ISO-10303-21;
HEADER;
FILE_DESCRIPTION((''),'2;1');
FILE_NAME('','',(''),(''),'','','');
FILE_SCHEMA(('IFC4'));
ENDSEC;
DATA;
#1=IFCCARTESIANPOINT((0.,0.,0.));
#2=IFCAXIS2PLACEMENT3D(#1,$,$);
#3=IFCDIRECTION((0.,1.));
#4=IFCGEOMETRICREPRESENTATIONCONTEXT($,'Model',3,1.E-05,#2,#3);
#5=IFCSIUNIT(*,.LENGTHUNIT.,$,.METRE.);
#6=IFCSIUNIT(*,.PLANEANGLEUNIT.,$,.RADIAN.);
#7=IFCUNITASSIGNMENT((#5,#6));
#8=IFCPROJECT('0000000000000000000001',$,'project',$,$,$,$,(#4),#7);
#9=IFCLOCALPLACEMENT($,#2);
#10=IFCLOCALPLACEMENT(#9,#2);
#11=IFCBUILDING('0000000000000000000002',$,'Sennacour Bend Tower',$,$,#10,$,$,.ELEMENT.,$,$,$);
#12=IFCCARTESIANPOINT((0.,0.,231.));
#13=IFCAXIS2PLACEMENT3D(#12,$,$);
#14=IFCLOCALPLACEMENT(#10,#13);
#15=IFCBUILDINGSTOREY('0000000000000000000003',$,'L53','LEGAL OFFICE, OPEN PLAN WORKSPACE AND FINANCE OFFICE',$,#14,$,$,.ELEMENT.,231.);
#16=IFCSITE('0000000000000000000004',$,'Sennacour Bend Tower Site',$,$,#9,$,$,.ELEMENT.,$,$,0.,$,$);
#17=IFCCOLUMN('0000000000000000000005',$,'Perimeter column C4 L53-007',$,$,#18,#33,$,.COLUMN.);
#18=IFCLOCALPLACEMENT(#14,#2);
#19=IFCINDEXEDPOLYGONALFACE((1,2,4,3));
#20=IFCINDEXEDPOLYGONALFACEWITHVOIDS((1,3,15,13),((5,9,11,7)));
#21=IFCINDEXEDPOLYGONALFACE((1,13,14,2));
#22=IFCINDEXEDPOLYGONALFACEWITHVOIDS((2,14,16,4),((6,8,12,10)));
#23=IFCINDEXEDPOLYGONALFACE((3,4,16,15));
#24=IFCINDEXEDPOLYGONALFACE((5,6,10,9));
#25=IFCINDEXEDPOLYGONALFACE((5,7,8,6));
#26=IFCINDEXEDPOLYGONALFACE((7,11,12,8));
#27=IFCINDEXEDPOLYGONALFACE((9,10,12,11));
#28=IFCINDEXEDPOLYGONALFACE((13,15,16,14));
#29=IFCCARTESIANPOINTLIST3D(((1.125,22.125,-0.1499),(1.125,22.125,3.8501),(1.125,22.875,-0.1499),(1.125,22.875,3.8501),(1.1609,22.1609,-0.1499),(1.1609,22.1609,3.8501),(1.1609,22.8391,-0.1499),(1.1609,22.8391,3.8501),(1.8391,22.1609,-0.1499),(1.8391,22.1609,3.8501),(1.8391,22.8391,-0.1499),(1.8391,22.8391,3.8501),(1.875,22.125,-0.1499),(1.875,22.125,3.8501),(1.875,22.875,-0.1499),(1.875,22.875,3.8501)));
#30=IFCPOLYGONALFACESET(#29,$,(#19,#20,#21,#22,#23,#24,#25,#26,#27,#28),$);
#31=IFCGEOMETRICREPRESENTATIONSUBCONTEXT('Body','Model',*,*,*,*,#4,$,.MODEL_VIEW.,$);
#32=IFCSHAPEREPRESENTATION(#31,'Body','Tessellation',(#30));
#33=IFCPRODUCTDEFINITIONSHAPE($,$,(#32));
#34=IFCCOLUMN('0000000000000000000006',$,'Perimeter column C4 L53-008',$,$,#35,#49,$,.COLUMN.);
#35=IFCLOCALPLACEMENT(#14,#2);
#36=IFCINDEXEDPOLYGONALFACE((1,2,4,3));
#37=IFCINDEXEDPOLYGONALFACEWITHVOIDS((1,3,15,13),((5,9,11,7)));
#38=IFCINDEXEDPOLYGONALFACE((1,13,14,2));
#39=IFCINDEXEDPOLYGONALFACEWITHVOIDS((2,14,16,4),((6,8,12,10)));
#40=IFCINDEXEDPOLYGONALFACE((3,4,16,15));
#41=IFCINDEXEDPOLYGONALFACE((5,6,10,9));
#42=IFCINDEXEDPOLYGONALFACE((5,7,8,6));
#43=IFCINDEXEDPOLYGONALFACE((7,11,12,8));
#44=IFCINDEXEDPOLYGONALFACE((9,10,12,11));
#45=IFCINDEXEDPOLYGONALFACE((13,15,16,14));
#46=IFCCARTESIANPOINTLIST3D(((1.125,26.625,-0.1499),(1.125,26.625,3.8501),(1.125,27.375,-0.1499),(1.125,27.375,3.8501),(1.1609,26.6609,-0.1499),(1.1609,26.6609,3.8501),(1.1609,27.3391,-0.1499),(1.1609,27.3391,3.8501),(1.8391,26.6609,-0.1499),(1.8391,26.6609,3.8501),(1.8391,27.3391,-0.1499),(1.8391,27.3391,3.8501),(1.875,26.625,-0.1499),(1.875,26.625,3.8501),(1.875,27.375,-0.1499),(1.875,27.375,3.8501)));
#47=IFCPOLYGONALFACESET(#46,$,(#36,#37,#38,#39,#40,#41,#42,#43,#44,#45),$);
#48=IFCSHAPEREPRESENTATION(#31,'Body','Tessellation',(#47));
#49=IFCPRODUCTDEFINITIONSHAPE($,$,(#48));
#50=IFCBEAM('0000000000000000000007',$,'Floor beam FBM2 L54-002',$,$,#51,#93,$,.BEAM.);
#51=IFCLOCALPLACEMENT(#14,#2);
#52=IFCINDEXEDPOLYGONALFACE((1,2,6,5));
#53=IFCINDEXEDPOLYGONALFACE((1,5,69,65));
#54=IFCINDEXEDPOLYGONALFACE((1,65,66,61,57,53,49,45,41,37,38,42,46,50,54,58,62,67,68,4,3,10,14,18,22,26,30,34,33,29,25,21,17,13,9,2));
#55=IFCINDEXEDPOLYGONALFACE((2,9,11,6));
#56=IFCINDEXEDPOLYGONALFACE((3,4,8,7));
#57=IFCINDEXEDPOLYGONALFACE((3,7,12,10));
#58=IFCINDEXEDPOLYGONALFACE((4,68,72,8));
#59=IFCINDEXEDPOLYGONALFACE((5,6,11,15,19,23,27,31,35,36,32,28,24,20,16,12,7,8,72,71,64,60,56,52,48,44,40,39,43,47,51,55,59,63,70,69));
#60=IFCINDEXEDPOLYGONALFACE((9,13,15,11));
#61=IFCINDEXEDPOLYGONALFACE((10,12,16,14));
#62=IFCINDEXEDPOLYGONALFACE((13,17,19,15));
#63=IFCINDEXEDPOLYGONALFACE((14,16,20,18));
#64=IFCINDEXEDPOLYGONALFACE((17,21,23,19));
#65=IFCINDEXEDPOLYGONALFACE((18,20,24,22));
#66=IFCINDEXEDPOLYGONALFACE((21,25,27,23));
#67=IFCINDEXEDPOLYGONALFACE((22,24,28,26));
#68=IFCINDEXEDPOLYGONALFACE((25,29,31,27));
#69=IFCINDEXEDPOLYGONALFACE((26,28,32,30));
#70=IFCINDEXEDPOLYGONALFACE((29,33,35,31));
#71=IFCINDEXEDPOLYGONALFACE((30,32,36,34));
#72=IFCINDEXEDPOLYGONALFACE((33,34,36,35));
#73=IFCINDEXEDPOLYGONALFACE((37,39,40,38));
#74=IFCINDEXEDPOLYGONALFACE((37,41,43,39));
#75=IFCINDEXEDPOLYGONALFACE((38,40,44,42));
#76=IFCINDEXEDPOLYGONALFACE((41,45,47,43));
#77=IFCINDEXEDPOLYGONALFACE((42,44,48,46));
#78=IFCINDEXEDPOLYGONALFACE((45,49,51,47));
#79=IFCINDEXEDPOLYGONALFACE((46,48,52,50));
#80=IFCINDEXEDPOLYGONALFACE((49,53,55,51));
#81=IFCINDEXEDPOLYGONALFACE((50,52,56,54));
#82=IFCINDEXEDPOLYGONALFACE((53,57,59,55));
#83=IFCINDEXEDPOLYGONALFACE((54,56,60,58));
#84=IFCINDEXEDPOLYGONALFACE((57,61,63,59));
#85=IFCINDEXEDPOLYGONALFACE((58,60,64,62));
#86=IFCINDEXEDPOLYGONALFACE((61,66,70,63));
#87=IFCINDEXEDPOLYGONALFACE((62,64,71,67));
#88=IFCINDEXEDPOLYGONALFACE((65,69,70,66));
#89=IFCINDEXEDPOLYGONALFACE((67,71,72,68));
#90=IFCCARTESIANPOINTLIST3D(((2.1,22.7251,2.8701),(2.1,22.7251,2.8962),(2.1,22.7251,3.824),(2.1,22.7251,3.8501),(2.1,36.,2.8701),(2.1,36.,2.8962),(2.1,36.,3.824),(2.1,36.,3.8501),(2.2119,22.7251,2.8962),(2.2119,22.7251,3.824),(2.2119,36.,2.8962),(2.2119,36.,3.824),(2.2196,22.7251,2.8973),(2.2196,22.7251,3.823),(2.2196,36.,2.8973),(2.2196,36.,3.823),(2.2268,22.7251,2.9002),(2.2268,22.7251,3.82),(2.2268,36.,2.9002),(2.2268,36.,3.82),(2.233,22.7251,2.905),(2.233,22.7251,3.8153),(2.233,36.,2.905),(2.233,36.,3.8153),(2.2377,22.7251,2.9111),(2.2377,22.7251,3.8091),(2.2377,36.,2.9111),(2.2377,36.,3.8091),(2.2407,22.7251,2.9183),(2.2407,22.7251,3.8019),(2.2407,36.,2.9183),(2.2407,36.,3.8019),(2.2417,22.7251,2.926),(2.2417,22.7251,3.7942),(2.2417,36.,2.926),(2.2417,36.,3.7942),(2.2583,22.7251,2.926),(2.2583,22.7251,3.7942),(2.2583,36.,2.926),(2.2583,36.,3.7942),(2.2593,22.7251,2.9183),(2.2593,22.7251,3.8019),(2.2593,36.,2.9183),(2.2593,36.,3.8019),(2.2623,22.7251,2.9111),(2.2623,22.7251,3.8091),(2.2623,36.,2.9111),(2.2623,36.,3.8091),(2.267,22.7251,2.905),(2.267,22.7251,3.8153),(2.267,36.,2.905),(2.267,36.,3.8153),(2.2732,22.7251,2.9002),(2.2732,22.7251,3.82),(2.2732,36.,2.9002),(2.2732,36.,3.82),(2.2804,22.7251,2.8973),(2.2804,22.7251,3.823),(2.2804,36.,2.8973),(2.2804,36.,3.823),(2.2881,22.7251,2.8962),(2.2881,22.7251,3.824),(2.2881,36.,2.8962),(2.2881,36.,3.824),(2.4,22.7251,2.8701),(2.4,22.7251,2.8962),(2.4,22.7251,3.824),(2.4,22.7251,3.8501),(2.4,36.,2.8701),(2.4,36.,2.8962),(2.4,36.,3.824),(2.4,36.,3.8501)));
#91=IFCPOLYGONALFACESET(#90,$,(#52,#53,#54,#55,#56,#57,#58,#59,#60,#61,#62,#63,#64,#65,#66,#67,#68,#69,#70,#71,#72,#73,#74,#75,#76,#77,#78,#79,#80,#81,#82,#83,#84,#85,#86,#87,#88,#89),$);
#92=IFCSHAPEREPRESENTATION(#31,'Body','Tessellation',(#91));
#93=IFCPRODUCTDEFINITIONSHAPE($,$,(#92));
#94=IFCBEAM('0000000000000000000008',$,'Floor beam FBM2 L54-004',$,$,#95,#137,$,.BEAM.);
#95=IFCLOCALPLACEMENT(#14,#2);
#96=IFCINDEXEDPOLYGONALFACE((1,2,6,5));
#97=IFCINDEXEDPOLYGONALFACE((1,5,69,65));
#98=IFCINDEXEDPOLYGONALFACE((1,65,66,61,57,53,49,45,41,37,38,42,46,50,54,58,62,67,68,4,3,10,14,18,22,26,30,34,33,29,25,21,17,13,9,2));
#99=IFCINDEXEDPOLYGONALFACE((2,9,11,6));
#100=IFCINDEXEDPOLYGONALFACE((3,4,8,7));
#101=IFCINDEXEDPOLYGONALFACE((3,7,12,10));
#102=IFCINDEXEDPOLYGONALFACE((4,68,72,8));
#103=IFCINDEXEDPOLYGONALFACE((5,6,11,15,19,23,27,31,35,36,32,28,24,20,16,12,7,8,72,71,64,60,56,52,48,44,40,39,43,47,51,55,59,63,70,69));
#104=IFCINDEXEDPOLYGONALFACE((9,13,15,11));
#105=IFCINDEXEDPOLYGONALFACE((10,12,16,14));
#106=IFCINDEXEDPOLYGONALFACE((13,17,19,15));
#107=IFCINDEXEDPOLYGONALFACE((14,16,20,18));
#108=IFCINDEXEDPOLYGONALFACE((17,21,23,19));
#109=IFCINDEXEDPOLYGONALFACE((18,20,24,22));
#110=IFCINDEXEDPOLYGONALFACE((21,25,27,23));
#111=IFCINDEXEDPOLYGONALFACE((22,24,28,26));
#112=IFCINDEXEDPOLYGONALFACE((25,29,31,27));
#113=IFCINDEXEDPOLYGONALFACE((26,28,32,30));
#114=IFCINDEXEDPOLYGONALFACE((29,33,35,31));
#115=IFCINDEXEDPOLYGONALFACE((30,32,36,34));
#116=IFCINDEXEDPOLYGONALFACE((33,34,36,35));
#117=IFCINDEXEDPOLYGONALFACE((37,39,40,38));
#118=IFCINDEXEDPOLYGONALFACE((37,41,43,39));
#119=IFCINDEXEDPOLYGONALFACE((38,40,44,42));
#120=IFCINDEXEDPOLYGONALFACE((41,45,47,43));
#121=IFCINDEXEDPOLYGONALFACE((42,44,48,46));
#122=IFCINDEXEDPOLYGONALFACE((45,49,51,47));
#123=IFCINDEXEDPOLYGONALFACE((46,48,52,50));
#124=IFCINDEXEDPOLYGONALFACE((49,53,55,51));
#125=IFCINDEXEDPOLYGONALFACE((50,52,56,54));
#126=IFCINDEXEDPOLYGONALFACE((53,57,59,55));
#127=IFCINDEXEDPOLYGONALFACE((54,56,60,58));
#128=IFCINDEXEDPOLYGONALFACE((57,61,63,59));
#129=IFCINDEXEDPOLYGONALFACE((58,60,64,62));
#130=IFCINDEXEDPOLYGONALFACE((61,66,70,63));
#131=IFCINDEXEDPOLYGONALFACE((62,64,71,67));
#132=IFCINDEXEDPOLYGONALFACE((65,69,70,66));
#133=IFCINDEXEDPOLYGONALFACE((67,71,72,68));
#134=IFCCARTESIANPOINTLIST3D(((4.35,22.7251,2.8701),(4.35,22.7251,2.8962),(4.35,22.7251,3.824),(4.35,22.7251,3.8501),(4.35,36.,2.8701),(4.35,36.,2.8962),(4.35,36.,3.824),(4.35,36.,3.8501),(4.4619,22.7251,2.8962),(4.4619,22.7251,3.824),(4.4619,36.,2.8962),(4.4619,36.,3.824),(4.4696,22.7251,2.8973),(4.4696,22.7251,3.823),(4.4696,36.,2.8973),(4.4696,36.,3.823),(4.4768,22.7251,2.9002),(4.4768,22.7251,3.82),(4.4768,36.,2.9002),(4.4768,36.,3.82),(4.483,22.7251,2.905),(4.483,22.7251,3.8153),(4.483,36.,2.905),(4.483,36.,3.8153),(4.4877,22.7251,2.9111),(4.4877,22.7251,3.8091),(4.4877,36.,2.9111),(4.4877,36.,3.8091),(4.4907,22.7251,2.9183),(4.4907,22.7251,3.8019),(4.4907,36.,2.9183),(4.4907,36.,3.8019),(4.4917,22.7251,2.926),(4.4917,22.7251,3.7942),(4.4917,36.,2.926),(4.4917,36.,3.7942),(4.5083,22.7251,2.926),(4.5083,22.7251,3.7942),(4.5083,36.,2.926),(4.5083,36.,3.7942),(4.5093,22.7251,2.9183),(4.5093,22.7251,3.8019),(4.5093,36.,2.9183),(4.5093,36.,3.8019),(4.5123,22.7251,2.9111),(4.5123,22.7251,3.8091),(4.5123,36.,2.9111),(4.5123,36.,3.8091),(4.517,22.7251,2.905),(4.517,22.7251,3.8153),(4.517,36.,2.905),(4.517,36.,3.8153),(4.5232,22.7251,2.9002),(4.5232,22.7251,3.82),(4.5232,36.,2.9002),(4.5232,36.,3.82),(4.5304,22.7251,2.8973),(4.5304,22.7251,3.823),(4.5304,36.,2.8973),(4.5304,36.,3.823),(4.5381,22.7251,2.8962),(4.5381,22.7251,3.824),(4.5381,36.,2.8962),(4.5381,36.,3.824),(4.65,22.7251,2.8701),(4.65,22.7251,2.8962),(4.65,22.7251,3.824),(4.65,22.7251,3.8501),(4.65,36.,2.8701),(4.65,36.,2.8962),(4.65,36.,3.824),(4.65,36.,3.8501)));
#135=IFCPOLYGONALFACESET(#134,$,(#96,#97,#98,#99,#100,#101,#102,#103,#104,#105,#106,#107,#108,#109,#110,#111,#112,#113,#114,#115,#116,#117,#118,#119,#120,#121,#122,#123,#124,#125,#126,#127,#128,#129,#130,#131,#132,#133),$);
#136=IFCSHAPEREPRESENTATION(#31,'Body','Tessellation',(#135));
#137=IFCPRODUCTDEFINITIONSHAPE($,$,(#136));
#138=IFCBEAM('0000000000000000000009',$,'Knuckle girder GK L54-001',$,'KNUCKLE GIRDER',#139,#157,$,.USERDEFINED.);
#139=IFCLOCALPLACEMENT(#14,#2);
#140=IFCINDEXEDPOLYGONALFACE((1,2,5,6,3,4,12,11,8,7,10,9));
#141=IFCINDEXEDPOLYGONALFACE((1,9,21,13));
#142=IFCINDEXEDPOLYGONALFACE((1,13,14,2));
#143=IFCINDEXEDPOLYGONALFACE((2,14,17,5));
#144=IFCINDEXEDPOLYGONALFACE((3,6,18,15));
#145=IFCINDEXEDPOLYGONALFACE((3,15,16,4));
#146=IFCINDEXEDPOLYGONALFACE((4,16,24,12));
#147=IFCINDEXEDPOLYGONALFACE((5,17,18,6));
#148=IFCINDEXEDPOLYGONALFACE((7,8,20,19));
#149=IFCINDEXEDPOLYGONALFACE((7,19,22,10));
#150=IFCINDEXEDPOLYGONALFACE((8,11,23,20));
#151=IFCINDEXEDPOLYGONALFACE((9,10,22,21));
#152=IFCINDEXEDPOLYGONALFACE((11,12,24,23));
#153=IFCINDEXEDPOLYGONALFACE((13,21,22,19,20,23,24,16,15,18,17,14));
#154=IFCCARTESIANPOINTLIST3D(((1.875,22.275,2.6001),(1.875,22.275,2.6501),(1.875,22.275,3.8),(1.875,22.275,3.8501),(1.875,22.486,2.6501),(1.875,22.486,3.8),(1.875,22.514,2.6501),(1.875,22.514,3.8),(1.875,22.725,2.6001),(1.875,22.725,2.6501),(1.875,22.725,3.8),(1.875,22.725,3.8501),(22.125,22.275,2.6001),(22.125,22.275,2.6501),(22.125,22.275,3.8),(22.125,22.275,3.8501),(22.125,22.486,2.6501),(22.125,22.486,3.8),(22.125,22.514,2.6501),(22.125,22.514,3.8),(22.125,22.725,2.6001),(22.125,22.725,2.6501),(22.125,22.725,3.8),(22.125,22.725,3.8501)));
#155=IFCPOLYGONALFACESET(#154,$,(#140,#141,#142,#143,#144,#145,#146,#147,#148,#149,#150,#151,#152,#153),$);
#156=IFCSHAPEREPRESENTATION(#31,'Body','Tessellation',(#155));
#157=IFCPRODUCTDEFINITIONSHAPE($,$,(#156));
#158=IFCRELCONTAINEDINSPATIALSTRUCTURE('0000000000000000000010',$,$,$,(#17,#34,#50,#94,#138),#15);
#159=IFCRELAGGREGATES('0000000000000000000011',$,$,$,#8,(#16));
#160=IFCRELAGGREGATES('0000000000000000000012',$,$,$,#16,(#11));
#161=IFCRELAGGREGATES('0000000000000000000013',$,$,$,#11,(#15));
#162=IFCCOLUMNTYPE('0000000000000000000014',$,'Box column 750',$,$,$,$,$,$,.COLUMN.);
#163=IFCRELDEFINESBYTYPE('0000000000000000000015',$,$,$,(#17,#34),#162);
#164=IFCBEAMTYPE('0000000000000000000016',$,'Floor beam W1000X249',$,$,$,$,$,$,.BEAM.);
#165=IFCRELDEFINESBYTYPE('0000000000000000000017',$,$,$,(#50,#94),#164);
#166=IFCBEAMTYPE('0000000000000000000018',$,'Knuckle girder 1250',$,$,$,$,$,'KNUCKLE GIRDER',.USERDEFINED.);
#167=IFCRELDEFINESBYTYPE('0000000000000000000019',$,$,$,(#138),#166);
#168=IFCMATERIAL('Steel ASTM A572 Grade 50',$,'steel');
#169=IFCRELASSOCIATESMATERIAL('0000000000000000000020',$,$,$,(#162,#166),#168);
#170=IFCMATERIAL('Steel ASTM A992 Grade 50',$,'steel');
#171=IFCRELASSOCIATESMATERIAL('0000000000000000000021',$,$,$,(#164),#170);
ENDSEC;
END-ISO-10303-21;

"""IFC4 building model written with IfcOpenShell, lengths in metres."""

from ifc_helpers import new_model, si_unit, direction, frame, origin, origin_2d, place, context, subcontext, project, spatial, hollow_rectangle, i_section, extrude, material, material_profile, profile_set, type_object, element, save


model = new_model("IFC4")

# Units and contexts
model_context = context("Model", 3, precision=1e-05, world=origin(), true_north=direction((0.0, 1.0)))
body_context = subcontext(model_context, "Body", "Model", "MODEL_VIEW")
ifc_project = project(units=[si_unit("LENGTHUNIT", "METRE"), si_unit("PLANEANGLEUNIT", "RADIAN")], contexts=[model_context])

# Site, building, storey
site_placement = place(None, origin())
site = spatial("IfcSite", under=ifc_project, at=site_placement, Name="Sennacour Bend Tower Site", CompositionType="ELEMENT", RefElevation=0.0)
building_placement = place(site_placement, origin())
building = spatial("IfcBuilding", under=site, at=building_placement, Name="Sennacour Bend Tower", CompositionType="ELEMENT")
storey_placement = place(building_placement, frame((0.0, 0.0, 231.0)))
storey = spatial("IfcBuildingStorey", under=building, at=storey_placement, Name="L53", Description="LEGAL OFFICE, OPEN PLAN WORKSPACE AND FINANCE OFFICE", CompositionType="ELEMENT", Elevation=231.0)

# Columns
ifc_material_1 = material(Name="Steel ASTM A572 Grade 50", Category="steel")
ifc_material_profile_1 = material_profile(ifc_material_1, hollow_rectangle(XDim=0.75, YDim=0.75, WallThickness=0.0359, at=origin_2d()), Name="Steel ASTM A572 Grade 50", Category="steel")
ifc_profile_set_1 = profile_set([ifc_material_profile_1], Name="Steel ASTM A572 Grade 50")
column_type = type_object("IfcColumnType", Name="Box column 750", PredefinedType="COLUMN", material=ifc_profile_set_1)
for number, where, z_axis, x_axis, name in (
    (1, (1.5, 22.5, -0.1499), (0.0, 0.0, 1.0), (1.0, 0.0, 0.0), "Perimeter column C4 L53-007"),
    (2, (1.5, 27.0, -0.1499), (0.0, 0.0, 1.0), (1.0, 0.0, 0.0), "Perimeter column C4 L53-008"),
):
    element("IfcColumn", number, at=place(storey_placement, frame(where, z_axis=z_axis, x_axis=x_axis)), inside=storey, type_object=column_type, Name=name, PredefinedType="COLUMN", context=body_context, shape_type="SweptSolid", body=[
        extrude(hollow_rectangle(XDim=0.75, YDim=0.75, WallThickness=0.0359, at=origin_2d()), origin(), (0.0, 0.0, 1.0), 4.0),
    ])

# Beams
ifc_material_2 = material(Name="Steel ASTM A992 Grade 50", Category="steel")
ifc_material_profile_2 = material_profile(ifc_material_2, i_section(OverallWidth=0.3, OverallDepth=0.98, WebThickness=0.0166, FlangeThickness=0.0261, FilletRadius=0.0298, at=origin_2d()), Name="Steel ASTM A992 Grade 50", Category="steel")
ifc_profile_set_2 = profile_set([ifc_material_profile_2], Name="Steel ASTM A992 Grade 50")
beam_type_1 = type_object("IfcBeamType", Name="Floor beam W1000X249", PredefinedType="BEAM", material=ifc_profile_set_2)
for number, where, z_axis, x_axis, name in (
    (3, (2.25, 22.7251, 3.3601), (0.0, 1.0, 0.0), (-1.0, 0.0, 0.0), "Floor beam FBM2 L54-002"),
    (4, (4.5, 22.7251, 3.3601), (0.0, 1.0, 0.0), (-1.0, 0.0, 0.0), "Floor beam FBM2 L54-004"),
):
    element("IfcBeam", number, at=place(storey_placement, frame(where, z_axis=z_axis, x_axis=x_axis)), inside=storey, type_object=beam_type_1, Name=name, PredefinedType="BEAM", context=body_context, shape_type="SweptSolid", body=[
        extrude(i_section(OverallWidth=0.3, OverallDepth=0.98, WebThickness=0.0166, FlangeThickness=0.0261, FilletRadius=0.0298, at=origin_2d()), origin(), (0.0, 0.0, 1.0), 13.2749),
    ])
ifc_material_profile_3 = material_profile(ifc_material_1, i_section(OverallWidth=0.45, OverallDepth=1.25, WebThickness=0.0281, FlangeThickness=0.05, at=origin_2d()), Name="Steel ASTM A572 Grade 50", Category="steel")
ifc_profile_set_3 = profile_set([ifc_material_profile_3], Name="Steel ASTM A572 Grade 50")
beam_type_2 = type_object("IfcBeamType", Name="Knuckle girder 1250", ElementType="KNUCKLE GIRDER", PredefinedType="USERDEFINED", material=ifc_profile_set_3)
beam_1_placement = place(storey_placement, frame((1.875, 22.5, 3.2251), z_axis=(1.0, 0.0, 0.0), x_axis=(0.0, 1.0, 0.0)))
element("IfcBeam", 5, at=beam_1_placement, inside=storey, type_object=beam_type_2, Name="Knuckle girder GK L54-001", ObjectType="KNUCKLE GIRDER", PredefinedType="USERDEFINED", context=body_context, shape_type="SweptSolid", body=[
    extrude(i_section(OverallWidth=0.45, OverallDepth=1.25, WebThickness=0.0281, FlangeThickness=0.05, at=origin_2d()), origin(), (0.0, 0.0, 1.0), 20.25),
])

save(model, "model.ifc")
